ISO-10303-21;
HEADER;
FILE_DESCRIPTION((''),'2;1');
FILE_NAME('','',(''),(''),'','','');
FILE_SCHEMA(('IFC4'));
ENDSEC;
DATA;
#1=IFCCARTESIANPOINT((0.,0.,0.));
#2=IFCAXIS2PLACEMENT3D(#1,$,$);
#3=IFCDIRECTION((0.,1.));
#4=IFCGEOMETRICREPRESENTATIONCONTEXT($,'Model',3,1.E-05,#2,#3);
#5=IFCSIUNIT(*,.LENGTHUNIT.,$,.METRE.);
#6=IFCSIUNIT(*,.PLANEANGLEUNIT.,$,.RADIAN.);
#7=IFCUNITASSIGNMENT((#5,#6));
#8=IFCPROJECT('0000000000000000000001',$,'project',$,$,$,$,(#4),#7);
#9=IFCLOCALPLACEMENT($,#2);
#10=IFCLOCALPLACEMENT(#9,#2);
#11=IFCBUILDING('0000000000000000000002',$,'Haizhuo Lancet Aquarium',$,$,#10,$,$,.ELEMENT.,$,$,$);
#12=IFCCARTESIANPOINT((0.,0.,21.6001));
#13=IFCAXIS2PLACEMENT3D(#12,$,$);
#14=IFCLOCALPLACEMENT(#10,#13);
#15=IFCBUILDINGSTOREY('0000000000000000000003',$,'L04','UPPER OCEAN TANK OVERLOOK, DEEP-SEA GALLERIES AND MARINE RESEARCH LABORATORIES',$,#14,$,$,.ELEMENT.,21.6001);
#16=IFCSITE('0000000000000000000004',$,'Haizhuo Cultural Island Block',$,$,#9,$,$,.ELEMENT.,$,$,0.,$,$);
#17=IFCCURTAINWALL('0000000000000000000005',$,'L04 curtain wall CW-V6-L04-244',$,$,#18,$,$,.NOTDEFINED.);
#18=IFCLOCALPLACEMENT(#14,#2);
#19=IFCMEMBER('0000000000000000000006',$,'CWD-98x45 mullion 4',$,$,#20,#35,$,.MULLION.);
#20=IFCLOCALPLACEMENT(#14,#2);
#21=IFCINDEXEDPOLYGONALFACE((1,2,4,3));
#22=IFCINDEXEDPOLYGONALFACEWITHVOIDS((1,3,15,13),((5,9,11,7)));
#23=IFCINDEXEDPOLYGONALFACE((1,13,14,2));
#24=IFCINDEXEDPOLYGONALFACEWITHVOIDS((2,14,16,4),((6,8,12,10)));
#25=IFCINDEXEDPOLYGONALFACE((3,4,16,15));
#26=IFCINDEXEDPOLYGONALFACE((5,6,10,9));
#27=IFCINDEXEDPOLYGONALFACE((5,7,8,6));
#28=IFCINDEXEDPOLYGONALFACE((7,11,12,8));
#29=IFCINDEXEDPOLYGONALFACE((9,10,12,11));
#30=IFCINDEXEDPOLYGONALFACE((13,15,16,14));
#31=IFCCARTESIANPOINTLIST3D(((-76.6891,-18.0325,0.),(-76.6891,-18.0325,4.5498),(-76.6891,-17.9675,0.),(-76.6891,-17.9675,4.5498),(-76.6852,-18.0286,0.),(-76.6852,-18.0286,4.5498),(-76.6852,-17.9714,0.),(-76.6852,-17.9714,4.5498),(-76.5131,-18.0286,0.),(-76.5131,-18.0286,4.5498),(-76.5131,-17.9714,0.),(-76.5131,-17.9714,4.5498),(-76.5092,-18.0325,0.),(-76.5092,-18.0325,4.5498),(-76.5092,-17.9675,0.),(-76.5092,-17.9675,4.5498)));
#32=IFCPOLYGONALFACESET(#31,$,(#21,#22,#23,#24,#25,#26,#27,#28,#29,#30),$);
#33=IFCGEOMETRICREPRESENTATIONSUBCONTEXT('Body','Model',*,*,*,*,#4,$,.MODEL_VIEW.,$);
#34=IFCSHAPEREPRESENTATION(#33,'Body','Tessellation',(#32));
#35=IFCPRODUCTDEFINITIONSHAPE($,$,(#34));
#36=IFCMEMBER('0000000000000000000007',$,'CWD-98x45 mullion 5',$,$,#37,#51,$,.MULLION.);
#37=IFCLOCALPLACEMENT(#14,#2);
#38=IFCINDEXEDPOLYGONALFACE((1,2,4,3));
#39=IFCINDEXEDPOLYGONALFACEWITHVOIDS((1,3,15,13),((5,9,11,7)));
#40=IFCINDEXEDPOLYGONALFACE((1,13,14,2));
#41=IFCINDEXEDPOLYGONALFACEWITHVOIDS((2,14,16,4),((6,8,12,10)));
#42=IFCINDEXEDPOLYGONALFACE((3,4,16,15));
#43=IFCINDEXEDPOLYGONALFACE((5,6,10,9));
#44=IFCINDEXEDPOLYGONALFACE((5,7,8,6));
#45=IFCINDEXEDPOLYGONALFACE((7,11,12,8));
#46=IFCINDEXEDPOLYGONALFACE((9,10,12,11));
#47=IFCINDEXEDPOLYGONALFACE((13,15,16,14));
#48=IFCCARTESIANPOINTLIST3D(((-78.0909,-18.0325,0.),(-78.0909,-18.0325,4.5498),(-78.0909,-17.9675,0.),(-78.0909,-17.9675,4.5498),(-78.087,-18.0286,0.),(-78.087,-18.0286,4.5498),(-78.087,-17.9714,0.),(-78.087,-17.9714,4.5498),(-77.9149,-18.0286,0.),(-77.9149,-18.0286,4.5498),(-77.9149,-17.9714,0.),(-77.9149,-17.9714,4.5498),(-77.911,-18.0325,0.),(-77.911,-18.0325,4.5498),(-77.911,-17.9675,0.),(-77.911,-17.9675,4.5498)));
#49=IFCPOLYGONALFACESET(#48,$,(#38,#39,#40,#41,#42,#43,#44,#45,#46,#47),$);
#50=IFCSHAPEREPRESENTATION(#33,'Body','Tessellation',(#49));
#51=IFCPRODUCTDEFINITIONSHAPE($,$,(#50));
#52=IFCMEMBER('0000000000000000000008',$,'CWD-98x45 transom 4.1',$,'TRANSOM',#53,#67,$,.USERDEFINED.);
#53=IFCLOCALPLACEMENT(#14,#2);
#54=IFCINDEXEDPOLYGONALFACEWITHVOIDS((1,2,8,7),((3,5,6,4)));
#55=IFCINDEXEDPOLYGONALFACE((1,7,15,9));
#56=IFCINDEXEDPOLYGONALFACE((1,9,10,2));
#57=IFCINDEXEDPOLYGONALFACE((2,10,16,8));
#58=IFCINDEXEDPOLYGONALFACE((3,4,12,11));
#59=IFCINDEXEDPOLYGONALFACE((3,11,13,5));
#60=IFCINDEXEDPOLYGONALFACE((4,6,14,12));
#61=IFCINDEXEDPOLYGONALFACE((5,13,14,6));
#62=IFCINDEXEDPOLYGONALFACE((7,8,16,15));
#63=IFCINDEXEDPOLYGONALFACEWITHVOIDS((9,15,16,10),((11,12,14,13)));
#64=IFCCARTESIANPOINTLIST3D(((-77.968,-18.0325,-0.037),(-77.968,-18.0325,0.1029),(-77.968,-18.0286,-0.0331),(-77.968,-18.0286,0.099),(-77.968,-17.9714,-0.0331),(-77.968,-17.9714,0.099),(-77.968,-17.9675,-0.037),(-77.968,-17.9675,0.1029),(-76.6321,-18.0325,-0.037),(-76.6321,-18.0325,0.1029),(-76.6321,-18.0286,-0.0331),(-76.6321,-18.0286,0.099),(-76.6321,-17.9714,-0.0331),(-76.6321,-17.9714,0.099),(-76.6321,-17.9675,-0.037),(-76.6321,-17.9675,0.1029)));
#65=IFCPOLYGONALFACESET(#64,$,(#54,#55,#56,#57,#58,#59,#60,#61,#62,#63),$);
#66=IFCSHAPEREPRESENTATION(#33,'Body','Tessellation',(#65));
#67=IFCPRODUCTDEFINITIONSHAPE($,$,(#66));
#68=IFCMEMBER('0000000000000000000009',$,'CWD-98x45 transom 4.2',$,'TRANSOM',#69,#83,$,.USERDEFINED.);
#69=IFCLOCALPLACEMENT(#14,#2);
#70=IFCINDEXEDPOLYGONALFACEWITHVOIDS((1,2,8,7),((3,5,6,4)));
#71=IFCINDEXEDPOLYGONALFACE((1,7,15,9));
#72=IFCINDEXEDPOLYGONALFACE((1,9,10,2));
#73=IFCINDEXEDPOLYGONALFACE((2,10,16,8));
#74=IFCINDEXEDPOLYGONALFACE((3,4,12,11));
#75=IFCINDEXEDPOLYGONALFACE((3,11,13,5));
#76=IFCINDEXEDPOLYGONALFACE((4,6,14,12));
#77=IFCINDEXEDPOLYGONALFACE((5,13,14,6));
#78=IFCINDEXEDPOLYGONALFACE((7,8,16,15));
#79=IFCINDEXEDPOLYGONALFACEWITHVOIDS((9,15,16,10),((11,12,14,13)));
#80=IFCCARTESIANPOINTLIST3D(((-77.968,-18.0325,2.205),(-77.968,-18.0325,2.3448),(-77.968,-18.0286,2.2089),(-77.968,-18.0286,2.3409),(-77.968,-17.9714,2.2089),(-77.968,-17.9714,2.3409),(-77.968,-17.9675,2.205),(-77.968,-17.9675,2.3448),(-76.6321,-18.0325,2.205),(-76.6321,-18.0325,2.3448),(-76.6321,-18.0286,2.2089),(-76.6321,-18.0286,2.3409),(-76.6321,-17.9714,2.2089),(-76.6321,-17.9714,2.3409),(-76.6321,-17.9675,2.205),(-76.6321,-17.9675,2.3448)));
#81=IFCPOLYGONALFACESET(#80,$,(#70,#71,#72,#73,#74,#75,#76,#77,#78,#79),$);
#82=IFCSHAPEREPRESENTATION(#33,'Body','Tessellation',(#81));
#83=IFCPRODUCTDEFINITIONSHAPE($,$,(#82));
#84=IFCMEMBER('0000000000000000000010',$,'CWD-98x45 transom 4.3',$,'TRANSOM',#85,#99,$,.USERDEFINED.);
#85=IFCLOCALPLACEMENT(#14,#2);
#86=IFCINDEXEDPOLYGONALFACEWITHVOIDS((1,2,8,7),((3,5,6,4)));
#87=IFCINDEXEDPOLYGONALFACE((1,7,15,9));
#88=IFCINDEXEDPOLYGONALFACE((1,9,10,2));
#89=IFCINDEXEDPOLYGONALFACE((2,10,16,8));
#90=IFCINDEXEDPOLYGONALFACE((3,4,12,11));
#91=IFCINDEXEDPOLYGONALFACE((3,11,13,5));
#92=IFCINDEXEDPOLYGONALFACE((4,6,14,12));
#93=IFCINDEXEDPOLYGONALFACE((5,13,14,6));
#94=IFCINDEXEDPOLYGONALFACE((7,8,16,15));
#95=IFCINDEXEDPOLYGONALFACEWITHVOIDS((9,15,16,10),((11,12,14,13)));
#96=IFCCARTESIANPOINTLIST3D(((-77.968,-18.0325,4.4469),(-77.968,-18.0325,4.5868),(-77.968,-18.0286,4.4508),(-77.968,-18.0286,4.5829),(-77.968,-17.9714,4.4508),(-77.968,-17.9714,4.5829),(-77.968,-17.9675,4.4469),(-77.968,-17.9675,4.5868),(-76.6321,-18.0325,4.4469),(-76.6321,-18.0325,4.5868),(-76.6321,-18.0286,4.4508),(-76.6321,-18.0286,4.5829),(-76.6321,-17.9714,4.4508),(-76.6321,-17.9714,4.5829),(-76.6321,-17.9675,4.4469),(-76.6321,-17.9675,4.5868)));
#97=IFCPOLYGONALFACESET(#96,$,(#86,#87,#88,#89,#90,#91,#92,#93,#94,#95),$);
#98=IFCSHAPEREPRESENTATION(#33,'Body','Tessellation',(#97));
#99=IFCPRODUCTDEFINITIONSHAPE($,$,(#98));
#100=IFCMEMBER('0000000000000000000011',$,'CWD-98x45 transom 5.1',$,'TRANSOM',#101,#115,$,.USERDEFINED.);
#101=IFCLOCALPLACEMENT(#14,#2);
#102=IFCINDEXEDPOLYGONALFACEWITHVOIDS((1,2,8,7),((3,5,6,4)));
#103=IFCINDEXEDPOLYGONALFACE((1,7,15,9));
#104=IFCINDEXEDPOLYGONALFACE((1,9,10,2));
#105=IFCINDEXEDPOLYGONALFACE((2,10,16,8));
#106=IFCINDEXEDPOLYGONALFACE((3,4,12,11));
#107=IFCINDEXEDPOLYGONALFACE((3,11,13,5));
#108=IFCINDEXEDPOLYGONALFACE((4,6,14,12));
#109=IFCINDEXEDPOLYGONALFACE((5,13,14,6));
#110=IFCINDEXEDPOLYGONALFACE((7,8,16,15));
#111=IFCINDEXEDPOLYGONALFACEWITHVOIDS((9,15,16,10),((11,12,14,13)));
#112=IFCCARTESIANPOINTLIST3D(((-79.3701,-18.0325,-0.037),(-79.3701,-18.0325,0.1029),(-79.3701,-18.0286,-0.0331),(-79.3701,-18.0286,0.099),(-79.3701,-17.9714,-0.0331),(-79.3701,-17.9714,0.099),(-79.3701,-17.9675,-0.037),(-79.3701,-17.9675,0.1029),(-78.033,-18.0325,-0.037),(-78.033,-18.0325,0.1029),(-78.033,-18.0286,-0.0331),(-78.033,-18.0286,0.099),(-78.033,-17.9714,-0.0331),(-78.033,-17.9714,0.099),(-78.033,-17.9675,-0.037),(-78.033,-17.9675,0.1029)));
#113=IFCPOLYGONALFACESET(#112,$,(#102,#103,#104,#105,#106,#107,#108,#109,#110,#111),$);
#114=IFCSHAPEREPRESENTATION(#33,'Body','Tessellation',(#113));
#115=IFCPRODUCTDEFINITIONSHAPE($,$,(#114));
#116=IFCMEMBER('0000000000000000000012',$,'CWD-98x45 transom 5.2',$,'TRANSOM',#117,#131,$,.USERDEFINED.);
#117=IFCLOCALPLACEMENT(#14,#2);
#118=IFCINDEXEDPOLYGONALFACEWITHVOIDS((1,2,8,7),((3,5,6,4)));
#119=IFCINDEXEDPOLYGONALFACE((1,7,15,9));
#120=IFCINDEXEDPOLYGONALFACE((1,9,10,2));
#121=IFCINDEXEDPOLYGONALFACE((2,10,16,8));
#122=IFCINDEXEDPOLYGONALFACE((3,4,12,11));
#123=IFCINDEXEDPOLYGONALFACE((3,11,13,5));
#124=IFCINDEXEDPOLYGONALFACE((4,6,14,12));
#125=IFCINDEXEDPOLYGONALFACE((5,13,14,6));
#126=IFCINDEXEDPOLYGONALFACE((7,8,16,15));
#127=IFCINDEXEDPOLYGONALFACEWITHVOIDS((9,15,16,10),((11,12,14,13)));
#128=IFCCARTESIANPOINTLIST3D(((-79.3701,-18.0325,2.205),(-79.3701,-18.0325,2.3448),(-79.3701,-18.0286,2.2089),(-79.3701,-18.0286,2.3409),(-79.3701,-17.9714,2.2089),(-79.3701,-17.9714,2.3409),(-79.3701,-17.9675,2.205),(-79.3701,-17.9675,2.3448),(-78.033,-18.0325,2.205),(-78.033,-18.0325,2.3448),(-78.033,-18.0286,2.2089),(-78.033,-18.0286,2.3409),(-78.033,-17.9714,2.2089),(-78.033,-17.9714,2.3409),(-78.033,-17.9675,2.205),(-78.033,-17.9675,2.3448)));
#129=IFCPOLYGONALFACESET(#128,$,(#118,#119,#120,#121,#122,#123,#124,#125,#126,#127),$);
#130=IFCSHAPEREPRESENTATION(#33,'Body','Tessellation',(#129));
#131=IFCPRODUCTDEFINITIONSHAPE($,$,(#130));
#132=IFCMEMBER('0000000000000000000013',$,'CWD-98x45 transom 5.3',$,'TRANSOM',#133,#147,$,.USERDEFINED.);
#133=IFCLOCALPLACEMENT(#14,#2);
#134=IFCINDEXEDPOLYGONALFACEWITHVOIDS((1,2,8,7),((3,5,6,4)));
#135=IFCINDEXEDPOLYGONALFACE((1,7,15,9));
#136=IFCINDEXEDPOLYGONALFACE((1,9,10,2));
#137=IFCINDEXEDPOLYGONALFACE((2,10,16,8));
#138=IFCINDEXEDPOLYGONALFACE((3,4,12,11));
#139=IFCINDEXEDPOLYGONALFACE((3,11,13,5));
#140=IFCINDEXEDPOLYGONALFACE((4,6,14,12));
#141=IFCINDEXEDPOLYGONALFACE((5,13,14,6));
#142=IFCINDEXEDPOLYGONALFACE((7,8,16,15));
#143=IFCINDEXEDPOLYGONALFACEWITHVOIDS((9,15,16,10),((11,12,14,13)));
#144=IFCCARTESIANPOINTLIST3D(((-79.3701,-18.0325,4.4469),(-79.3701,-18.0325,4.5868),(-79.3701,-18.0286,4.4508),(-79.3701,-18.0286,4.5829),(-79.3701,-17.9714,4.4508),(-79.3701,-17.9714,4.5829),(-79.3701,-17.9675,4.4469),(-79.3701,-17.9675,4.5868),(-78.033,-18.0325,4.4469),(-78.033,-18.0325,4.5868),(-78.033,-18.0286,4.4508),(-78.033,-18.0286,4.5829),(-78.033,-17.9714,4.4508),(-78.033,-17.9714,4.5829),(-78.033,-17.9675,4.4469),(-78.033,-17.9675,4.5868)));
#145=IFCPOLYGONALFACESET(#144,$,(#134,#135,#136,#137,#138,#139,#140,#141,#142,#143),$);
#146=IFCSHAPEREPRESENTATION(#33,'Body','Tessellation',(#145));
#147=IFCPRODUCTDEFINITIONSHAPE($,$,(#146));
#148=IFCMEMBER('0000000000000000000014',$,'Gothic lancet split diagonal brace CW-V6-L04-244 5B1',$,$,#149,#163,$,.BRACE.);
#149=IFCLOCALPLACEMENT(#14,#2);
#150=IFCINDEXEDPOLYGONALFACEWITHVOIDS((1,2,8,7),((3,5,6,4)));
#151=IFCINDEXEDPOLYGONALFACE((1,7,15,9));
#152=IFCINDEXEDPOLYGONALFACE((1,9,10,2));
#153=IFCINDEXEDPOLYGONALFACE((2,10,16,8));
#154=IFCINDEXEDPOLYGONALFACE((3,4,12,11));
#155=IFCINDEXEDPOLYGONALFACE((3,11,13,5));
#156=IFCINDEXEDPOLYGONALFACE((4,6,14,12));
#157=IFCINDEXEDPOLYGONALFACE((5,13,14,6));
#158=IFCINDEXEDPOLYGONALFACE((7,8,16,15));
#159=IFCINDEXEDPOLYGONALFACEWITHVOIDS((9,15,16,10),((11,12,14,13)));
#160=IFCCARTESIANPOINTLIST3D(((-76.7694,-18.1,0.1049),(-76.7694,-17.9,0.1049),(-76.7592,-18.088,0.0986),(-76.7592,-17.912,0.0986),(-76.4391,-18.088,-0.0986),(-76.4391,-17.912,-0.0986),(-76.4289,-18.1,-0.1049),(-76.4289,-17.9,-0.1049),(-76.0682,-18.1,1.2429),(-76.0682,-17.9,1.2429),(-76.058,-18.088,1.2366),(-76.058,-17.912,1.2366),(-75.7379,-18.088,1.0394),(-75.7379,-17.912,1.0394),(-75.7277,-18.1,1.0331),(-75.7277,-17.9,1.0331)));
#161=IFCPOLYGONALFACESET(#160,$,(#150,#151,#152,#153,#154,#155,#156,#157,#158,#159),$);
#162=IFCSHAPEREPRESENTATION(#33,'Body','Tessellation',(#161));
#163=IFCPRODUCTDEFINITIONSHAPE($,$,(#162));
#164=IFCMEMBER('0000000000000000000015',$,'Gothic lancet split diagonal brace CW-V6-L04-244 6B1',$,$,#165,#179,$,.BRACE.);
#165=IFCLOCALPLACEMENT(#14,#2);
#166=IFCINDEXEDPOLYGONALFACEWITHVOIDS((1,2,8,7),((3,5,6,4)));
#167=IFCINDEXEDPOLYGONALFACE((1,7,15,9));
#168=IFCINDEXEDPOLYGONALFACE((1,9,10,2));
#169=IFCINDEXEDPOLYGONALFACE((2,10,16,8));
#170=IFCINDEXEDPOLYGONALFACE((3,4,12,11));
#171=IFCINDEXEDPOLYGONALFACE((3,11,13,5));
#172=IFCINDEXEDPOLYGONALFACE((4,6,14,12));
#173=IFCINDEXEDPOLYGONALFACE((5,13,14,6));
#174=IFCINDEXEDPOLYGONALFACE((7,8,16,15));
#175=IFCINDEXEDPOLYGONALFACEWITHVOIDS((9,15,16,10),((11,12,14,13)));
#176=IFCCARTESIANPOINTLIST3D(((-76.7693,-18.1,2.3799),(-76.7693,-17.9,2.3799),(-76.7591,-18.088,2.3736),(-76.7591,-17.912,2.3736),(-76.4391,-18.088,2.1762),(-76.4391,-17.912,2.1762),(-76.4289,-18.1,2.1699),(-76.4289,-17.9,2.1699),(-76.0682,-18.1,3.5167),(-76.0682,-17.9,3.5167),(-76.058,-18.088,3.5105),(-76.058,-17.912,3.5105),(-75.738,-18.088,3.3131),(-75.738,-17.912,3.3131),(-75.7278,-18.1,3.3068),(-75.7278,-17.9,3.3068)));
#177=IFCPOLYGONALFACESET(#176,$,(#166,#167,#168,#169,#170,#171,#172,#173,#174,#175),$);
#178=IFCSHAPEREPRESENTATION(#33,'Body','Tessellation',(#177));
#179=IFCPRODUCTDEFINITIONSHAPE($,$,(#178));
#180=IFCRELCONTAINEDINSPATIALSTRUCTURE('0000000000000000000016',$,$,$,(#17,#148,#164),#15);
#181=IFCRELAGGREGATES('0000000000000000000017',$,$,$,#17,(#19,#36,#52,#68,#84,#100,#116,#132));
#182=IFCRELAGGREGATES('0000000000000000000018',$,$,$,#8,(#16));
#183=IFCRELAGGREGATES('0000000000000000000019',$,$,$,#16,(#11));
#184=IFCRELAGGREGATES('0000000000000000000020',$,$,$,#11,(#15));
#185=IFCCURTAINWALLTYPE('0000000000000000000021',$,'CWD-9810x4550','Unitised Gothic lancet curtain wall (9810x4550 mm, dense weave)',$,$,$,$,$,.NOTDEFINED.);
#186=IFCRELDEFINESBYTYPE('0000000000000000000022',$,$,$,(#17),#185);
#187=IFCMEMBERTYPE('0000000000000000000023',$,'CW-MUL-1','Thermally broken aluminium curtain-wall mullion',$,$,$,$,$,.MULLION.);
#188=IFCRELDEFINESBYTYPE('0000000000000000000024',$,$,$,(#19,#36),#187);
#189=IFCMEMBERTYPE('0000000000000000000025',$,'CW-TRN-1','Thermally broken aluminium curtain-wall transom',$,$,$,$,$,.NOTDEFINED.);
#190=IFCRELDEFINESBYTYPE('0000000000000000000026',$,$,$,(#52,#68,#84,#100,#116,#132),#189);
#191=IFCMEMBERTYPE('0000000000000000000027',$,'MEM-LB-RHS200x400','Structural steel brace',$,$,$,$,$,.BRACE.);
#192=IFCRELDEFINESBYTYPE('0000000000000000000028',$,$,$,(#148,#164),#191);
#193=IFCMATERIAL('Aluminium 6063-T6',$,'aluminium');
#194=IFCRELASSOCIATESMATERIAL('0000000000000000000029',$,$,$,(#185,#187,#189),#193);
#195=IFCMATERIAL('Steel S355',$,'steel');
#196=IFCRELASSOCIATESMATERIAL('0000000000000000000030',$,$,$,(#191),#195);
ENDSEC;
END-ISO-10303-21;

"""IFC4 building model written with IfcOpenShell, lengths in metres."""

from ifc_helpers import new_model, si_unit, direction, frame, origin, origin_2d, place, context, subcontext, project, spatial, hollow_rectangle, extrude, material, material_profile, profile_set, type_object, element, aggregate, save


model = new_model("IFC4")

# Units and contexts
model_context = context("Model", 3, precision=1e-05, world=origin(), true_north=direction((0.0, 1.0)))
body_context = subcontext(model_context, "Body", "Model", "MODEL_VIEW")
ifc_project = project(units=[si_unit("LENGTHUNIT", "METRE"), si_unit("PLANEANGLEUNIT", "RADIAN")], contexts=[model_context])

# Site, building, storey
site_placement = place(None, origin())
site = spatial("IfcSite", under=ifc_project, at=site_placement, Name="Haizhuo Cultural Island Block", CompositionType="ELEMENT", RefElevation=0.0)
building_placement = place(site_placement, origin())
building = spatial("IfcBuilding", under=site, at=building_placement, Name="Haizhuo Lancet Aquarium", CompositionType="ELEMENT")
storey_placement = place(building_placement, frame((0.0, 0.0, 21.6001)))
storey = spatial("IfcBuildingStorey", under=building, at=storey_placement, Name="L04", Description="UPPER OCEAN TANK OVERLOOK, DEEP-SEA GALLERIES AND MARINE RESEARCH LABORATORIES", CompositionType="ELEMENT", Elevation=21.6001)

# Curtain wall, members
ifc_material_1 = material(Name="Aluminium 6063-T6", Category="aluminium")
curtain_wall_type = type_object("IfcCurtainWallType", Name="CWD-9810x4550", Description="Unitised Gothic lancet curtain wall (9810x4550 mm, dense weave)", PredefinedType="NOTDEFINED", material=ifc_material_1)
curtain_wall_placement = place(storey_placement, origin())
curtain_wall = element("IfcCurtainWall", 1, at=curtain_wall_placement, inside=storey, type_object=curtain_wall_type, Name="L04 curtain wall CW-V6-L04-244", PredefinedType="NOTDEFINED")
ifc_material_profile_1 = material_profile(ifc_material_1, hollow_rectangle(XDim=0.0649, YDim=0.1799, WallThickness=0.0039, at=origin_2d()), Name="ALU-M 65x180x4")
ifc_profile_set_1 = profile_set([ifc_material_profile_1], Name="Aluminium 6063-T6")
member_type_1 = type_object("IfcMemberType", Name="CW-MUL-1", Description="Thermally broken aluminium curtain-wall mullion", PredefinedType="MULLION", material=ifc_profile_set_1)
member_1_placement = place(storey_placement, frame((-76.5991, -18.0, 0.0), z_axis=(0.0, 0.0, 1.0), x_axis=(0.0, -1.0, 0.0)))
member_1 = element("IfcMember", 2, at=member_1_placement, type_object=member_type_1, Name="CWD-98x45 mullion 4", PredefinedType="MULLION", context=body_context, shape_type="SweptSolid", body=[
    extrude(hollow_rectangle(XDim=0.0649, YDim=0.1799, WallThickness=0.0039, at=origin_2d()), origin(), (0.0, 0.0, 1.0), 4.5498),
])
member_2_placement = place(storey_placement, frame((-78.001, -18.0, 0.0), z_axis=(0.0, 0.0, 1.0), x_axis=(0.0, -1.0, 0.0)))
member_2 = element("IfcMember", 3, at=member_2_placement, type_object=member_type_1, Name="CWD-98x45 mullion 5", PredefinedType="MULLION", context=body_context, shape_type="SweptSolid", body=[
    extrude(hollow_rectangle(XDim=0.0649, YDim=0.1799, WallThickness=0.0039, at=origin_2d()), origin(), (0.0, 0.0, 1.0), 4.5498),
])
ifc_material_profile_2 = material_profile(ifc_material_1, hollow_rectangle(XDim=0.0649, YDim=0.1399, WallThickness=0.0039, at=origin_2d()), Name="ALU-T 65x140x4")
ifc_profile_set_2 = profile_set([ifc_material_profile_2], Name="Aluminium 6063-T6")
member_type_2 = type_object("IfcMemberType", Name="CW-TRN-1", Description="Thermally broken aluminium curtain-wall transom", PredefinedType="NOTDEFINED", material=ifc_profile_set_2)
member_3_placement = place(storey_placement, frame((-76.6321, -18.0, 0.033), z_axis=(-1.0, 0.0, 0.0), x_axis=(0.0, -1.0, 0.0)))
member_3 = element("IfcMember", 4, at=member_3_placement, type_object=member_type_2, Name="CWD-98x45 transom 4.1", ObjectType="TRANSOM", PredefinedType="USERDEFINED", context=body_context, shape_type="SweptSolid", body=[
    extrude(hollow_rectangle(XDim=0.0649, YDim=0.1399, WallThickness=0.0039, at=origin_2d()), origin(), (0.0, 0.0, 1.0), 1.3359),
])
member_4_placement = place(storey_placement, frame((-76.6321, -18.0, 2.2749), z_axis=(-1.0, 0.0, 0.0), x_axis=(0.0, -1.0, 0.0)))
member_4 = element("IfcMember", 5, at=member_4_placement, type_object=member_type_2, Name="CWD-98x45 transom 4.2", ObjectType="TRANSOM", PredefinedType="USERDEFINED", context=body_context, shape_type="SweptSolid", body=[
    extrude(hollow_rectangle(XDim=0.0649, YDim=0.1399, WallThickness=0.0039, at=origin_2d()), origin(), (0.0, 0.0, 1.0), 1.3359),
])
member_5_placement = place(storey_placement, frame((-76.6321, -18.0, 4.5168), z_axis=(-1.0, 0.0, 0.0), x_axis=(0.0, -1.0, 0.0)))
member_5 = element("IfcMember", 6, at=member_5_placement, type_object=member_type_2, Name="CWD-98x45 transom 4.3", ObjectType="TRANSOM", PredefinedType="USERDEFINED", context=body_context, shape_type="SweptSolid", body=[
    extrude(hollow_rectangle(XDim=0.0649, YDim=0.1399, WallThickness=0.0039, at=origin_2d()), origin(), (0.0, 0.0, 1.0), 1.3359),
])
member_6_placement = place(storey_placement, frame((-78.033, -18.0, 0.033), z_axis=(-1.0, 0.0, 0.0), x_axis=(0.0, -1.0, 0.0)))
member_6 = element("IfcMember", 7, at=member_6_placement, type_object=member_type_2, Name="CWD-98x45 transom 5.1", ObjectType="TRANSOM", PredefinedType="USERDEFINED", context=body_context, shape_type="SweptSolid", body=[
    extrude(hollow_rectangle(XDim=0.0649, YDim=0.1399, WallThickness=0.0039, at=origin_2d()), origin(), (0.0, 0.0, 1.0), 1.3372),
])
member_7_placement = place(storey_placement, frame((-78.033, -18.0, 2.2749), z_axis=(-1.0, 0.0, 0.0), x_axis=(0.0, -1.0, 0.0)))
member_7 = element("IfcMember", 8, at=member_7_placement, type_object=member_type_2, Name="CWD-98x45 transom 5.2", ObjectType="TRANSOM", PredefinedType="USERDEFINED", context=body_context, shape_type="SweptSolid", body=[
    extrude(hollow_rectangle(XDim=0.0649, YDim=0.1399, WallThickness=0.0039, at=origin_2d()), origin(), (0.0, 0.0, 1.0), 1.3372),
])
member_8_placement = place(storey_placement, frame((-78.033, -18.0, 4.5168), z_axis=(-1.0, 0.0, 0.0), x_axis=(0.0, -1.0, 0.0)))
member_8 = element("IfcMember", 9, at=member_8_placement, type_object=member_type_2, Name="CWD-98x45 transom 5.3", ObjectType="TRANSOM", PredefinedType="USERDEFINED", context=body_context, shape_type="SweptSolid", body=[
    extrude(hollow_rectangle(XDim=0.0649, YDim=0.1399, WallThickness=0.0039, at=origin_2d()), origin(), (0.0, 0.0, 1.0), 1.3372),
])

# Members
ifc_material_2 = material(Name="Steel S355", Category="steel")
ifc_material_profile_3 = material_profile(ifc_material_2, hollow_rectangle(XDim=0.2, YDim=0.3999, WallThickness=0.012, at=origin_2d()), Name="RHS 200x400x12")
ifc_profile_set_3 = profile_set([ifc_material_profile_3], Name="Steel S355")
member_type_3 = type_object("IfcMemberType", Name="MEM-LB-RHS200x400", Description="Structural steel brace", PredefinedType="BRACE", material=ifc_profile_set_3)
member_9_placement = place(storey_placement, frame((-76.5991, -18.0, 0.0), z_axis=(0.524587, 0.0, 0.851357), x_axis=(0.0, 1.0, 0.0)))
element("IfcMember", 10, at=member_9_placement, inside=storey, type_object=member_type_3, Name="Gothic lancet split diagonal brace CW-V6-L04-244 5B1", PredefinedType="BRACE", context=body_context, shape_type="SweptSolid", body=[
    extrude(hollow_rectangle(XDim=0.2, YDim=0.3999, WallThickness=0.012, at=origin_2d()), origin(), (0.0, 0.0, 1.0), 1.3367),
])
member_10_placement = place(storey_placement, frame((-76.5991, -18.0, 2.2749), z_axis=(0.524913, 0.0, 0.851156), x_axis=(0.0, 1.0, 0.0)))
element("IfcMember", 11, at=member_10_placement, inside=storey, type_object=member_type_3, Name="Gothic lancet split diagonal brace CW-V6-L04-244 6B1", PredefinedType="BRACE", context=body_context, shape_type="SweptSolid", body=[
    extrude(hollow_rectangle(XDim=0.2, YDim=0.3999, WallThickness=0.012, at=origin_2d()), origin(), (0.0, 0.0, 1.0), 1.3357),
])

aggregate(curtain_wall, [member_1, member_2, member_3, member_4, member_5, member_6, member_7, member_8])

save(model, "model.ifc")
